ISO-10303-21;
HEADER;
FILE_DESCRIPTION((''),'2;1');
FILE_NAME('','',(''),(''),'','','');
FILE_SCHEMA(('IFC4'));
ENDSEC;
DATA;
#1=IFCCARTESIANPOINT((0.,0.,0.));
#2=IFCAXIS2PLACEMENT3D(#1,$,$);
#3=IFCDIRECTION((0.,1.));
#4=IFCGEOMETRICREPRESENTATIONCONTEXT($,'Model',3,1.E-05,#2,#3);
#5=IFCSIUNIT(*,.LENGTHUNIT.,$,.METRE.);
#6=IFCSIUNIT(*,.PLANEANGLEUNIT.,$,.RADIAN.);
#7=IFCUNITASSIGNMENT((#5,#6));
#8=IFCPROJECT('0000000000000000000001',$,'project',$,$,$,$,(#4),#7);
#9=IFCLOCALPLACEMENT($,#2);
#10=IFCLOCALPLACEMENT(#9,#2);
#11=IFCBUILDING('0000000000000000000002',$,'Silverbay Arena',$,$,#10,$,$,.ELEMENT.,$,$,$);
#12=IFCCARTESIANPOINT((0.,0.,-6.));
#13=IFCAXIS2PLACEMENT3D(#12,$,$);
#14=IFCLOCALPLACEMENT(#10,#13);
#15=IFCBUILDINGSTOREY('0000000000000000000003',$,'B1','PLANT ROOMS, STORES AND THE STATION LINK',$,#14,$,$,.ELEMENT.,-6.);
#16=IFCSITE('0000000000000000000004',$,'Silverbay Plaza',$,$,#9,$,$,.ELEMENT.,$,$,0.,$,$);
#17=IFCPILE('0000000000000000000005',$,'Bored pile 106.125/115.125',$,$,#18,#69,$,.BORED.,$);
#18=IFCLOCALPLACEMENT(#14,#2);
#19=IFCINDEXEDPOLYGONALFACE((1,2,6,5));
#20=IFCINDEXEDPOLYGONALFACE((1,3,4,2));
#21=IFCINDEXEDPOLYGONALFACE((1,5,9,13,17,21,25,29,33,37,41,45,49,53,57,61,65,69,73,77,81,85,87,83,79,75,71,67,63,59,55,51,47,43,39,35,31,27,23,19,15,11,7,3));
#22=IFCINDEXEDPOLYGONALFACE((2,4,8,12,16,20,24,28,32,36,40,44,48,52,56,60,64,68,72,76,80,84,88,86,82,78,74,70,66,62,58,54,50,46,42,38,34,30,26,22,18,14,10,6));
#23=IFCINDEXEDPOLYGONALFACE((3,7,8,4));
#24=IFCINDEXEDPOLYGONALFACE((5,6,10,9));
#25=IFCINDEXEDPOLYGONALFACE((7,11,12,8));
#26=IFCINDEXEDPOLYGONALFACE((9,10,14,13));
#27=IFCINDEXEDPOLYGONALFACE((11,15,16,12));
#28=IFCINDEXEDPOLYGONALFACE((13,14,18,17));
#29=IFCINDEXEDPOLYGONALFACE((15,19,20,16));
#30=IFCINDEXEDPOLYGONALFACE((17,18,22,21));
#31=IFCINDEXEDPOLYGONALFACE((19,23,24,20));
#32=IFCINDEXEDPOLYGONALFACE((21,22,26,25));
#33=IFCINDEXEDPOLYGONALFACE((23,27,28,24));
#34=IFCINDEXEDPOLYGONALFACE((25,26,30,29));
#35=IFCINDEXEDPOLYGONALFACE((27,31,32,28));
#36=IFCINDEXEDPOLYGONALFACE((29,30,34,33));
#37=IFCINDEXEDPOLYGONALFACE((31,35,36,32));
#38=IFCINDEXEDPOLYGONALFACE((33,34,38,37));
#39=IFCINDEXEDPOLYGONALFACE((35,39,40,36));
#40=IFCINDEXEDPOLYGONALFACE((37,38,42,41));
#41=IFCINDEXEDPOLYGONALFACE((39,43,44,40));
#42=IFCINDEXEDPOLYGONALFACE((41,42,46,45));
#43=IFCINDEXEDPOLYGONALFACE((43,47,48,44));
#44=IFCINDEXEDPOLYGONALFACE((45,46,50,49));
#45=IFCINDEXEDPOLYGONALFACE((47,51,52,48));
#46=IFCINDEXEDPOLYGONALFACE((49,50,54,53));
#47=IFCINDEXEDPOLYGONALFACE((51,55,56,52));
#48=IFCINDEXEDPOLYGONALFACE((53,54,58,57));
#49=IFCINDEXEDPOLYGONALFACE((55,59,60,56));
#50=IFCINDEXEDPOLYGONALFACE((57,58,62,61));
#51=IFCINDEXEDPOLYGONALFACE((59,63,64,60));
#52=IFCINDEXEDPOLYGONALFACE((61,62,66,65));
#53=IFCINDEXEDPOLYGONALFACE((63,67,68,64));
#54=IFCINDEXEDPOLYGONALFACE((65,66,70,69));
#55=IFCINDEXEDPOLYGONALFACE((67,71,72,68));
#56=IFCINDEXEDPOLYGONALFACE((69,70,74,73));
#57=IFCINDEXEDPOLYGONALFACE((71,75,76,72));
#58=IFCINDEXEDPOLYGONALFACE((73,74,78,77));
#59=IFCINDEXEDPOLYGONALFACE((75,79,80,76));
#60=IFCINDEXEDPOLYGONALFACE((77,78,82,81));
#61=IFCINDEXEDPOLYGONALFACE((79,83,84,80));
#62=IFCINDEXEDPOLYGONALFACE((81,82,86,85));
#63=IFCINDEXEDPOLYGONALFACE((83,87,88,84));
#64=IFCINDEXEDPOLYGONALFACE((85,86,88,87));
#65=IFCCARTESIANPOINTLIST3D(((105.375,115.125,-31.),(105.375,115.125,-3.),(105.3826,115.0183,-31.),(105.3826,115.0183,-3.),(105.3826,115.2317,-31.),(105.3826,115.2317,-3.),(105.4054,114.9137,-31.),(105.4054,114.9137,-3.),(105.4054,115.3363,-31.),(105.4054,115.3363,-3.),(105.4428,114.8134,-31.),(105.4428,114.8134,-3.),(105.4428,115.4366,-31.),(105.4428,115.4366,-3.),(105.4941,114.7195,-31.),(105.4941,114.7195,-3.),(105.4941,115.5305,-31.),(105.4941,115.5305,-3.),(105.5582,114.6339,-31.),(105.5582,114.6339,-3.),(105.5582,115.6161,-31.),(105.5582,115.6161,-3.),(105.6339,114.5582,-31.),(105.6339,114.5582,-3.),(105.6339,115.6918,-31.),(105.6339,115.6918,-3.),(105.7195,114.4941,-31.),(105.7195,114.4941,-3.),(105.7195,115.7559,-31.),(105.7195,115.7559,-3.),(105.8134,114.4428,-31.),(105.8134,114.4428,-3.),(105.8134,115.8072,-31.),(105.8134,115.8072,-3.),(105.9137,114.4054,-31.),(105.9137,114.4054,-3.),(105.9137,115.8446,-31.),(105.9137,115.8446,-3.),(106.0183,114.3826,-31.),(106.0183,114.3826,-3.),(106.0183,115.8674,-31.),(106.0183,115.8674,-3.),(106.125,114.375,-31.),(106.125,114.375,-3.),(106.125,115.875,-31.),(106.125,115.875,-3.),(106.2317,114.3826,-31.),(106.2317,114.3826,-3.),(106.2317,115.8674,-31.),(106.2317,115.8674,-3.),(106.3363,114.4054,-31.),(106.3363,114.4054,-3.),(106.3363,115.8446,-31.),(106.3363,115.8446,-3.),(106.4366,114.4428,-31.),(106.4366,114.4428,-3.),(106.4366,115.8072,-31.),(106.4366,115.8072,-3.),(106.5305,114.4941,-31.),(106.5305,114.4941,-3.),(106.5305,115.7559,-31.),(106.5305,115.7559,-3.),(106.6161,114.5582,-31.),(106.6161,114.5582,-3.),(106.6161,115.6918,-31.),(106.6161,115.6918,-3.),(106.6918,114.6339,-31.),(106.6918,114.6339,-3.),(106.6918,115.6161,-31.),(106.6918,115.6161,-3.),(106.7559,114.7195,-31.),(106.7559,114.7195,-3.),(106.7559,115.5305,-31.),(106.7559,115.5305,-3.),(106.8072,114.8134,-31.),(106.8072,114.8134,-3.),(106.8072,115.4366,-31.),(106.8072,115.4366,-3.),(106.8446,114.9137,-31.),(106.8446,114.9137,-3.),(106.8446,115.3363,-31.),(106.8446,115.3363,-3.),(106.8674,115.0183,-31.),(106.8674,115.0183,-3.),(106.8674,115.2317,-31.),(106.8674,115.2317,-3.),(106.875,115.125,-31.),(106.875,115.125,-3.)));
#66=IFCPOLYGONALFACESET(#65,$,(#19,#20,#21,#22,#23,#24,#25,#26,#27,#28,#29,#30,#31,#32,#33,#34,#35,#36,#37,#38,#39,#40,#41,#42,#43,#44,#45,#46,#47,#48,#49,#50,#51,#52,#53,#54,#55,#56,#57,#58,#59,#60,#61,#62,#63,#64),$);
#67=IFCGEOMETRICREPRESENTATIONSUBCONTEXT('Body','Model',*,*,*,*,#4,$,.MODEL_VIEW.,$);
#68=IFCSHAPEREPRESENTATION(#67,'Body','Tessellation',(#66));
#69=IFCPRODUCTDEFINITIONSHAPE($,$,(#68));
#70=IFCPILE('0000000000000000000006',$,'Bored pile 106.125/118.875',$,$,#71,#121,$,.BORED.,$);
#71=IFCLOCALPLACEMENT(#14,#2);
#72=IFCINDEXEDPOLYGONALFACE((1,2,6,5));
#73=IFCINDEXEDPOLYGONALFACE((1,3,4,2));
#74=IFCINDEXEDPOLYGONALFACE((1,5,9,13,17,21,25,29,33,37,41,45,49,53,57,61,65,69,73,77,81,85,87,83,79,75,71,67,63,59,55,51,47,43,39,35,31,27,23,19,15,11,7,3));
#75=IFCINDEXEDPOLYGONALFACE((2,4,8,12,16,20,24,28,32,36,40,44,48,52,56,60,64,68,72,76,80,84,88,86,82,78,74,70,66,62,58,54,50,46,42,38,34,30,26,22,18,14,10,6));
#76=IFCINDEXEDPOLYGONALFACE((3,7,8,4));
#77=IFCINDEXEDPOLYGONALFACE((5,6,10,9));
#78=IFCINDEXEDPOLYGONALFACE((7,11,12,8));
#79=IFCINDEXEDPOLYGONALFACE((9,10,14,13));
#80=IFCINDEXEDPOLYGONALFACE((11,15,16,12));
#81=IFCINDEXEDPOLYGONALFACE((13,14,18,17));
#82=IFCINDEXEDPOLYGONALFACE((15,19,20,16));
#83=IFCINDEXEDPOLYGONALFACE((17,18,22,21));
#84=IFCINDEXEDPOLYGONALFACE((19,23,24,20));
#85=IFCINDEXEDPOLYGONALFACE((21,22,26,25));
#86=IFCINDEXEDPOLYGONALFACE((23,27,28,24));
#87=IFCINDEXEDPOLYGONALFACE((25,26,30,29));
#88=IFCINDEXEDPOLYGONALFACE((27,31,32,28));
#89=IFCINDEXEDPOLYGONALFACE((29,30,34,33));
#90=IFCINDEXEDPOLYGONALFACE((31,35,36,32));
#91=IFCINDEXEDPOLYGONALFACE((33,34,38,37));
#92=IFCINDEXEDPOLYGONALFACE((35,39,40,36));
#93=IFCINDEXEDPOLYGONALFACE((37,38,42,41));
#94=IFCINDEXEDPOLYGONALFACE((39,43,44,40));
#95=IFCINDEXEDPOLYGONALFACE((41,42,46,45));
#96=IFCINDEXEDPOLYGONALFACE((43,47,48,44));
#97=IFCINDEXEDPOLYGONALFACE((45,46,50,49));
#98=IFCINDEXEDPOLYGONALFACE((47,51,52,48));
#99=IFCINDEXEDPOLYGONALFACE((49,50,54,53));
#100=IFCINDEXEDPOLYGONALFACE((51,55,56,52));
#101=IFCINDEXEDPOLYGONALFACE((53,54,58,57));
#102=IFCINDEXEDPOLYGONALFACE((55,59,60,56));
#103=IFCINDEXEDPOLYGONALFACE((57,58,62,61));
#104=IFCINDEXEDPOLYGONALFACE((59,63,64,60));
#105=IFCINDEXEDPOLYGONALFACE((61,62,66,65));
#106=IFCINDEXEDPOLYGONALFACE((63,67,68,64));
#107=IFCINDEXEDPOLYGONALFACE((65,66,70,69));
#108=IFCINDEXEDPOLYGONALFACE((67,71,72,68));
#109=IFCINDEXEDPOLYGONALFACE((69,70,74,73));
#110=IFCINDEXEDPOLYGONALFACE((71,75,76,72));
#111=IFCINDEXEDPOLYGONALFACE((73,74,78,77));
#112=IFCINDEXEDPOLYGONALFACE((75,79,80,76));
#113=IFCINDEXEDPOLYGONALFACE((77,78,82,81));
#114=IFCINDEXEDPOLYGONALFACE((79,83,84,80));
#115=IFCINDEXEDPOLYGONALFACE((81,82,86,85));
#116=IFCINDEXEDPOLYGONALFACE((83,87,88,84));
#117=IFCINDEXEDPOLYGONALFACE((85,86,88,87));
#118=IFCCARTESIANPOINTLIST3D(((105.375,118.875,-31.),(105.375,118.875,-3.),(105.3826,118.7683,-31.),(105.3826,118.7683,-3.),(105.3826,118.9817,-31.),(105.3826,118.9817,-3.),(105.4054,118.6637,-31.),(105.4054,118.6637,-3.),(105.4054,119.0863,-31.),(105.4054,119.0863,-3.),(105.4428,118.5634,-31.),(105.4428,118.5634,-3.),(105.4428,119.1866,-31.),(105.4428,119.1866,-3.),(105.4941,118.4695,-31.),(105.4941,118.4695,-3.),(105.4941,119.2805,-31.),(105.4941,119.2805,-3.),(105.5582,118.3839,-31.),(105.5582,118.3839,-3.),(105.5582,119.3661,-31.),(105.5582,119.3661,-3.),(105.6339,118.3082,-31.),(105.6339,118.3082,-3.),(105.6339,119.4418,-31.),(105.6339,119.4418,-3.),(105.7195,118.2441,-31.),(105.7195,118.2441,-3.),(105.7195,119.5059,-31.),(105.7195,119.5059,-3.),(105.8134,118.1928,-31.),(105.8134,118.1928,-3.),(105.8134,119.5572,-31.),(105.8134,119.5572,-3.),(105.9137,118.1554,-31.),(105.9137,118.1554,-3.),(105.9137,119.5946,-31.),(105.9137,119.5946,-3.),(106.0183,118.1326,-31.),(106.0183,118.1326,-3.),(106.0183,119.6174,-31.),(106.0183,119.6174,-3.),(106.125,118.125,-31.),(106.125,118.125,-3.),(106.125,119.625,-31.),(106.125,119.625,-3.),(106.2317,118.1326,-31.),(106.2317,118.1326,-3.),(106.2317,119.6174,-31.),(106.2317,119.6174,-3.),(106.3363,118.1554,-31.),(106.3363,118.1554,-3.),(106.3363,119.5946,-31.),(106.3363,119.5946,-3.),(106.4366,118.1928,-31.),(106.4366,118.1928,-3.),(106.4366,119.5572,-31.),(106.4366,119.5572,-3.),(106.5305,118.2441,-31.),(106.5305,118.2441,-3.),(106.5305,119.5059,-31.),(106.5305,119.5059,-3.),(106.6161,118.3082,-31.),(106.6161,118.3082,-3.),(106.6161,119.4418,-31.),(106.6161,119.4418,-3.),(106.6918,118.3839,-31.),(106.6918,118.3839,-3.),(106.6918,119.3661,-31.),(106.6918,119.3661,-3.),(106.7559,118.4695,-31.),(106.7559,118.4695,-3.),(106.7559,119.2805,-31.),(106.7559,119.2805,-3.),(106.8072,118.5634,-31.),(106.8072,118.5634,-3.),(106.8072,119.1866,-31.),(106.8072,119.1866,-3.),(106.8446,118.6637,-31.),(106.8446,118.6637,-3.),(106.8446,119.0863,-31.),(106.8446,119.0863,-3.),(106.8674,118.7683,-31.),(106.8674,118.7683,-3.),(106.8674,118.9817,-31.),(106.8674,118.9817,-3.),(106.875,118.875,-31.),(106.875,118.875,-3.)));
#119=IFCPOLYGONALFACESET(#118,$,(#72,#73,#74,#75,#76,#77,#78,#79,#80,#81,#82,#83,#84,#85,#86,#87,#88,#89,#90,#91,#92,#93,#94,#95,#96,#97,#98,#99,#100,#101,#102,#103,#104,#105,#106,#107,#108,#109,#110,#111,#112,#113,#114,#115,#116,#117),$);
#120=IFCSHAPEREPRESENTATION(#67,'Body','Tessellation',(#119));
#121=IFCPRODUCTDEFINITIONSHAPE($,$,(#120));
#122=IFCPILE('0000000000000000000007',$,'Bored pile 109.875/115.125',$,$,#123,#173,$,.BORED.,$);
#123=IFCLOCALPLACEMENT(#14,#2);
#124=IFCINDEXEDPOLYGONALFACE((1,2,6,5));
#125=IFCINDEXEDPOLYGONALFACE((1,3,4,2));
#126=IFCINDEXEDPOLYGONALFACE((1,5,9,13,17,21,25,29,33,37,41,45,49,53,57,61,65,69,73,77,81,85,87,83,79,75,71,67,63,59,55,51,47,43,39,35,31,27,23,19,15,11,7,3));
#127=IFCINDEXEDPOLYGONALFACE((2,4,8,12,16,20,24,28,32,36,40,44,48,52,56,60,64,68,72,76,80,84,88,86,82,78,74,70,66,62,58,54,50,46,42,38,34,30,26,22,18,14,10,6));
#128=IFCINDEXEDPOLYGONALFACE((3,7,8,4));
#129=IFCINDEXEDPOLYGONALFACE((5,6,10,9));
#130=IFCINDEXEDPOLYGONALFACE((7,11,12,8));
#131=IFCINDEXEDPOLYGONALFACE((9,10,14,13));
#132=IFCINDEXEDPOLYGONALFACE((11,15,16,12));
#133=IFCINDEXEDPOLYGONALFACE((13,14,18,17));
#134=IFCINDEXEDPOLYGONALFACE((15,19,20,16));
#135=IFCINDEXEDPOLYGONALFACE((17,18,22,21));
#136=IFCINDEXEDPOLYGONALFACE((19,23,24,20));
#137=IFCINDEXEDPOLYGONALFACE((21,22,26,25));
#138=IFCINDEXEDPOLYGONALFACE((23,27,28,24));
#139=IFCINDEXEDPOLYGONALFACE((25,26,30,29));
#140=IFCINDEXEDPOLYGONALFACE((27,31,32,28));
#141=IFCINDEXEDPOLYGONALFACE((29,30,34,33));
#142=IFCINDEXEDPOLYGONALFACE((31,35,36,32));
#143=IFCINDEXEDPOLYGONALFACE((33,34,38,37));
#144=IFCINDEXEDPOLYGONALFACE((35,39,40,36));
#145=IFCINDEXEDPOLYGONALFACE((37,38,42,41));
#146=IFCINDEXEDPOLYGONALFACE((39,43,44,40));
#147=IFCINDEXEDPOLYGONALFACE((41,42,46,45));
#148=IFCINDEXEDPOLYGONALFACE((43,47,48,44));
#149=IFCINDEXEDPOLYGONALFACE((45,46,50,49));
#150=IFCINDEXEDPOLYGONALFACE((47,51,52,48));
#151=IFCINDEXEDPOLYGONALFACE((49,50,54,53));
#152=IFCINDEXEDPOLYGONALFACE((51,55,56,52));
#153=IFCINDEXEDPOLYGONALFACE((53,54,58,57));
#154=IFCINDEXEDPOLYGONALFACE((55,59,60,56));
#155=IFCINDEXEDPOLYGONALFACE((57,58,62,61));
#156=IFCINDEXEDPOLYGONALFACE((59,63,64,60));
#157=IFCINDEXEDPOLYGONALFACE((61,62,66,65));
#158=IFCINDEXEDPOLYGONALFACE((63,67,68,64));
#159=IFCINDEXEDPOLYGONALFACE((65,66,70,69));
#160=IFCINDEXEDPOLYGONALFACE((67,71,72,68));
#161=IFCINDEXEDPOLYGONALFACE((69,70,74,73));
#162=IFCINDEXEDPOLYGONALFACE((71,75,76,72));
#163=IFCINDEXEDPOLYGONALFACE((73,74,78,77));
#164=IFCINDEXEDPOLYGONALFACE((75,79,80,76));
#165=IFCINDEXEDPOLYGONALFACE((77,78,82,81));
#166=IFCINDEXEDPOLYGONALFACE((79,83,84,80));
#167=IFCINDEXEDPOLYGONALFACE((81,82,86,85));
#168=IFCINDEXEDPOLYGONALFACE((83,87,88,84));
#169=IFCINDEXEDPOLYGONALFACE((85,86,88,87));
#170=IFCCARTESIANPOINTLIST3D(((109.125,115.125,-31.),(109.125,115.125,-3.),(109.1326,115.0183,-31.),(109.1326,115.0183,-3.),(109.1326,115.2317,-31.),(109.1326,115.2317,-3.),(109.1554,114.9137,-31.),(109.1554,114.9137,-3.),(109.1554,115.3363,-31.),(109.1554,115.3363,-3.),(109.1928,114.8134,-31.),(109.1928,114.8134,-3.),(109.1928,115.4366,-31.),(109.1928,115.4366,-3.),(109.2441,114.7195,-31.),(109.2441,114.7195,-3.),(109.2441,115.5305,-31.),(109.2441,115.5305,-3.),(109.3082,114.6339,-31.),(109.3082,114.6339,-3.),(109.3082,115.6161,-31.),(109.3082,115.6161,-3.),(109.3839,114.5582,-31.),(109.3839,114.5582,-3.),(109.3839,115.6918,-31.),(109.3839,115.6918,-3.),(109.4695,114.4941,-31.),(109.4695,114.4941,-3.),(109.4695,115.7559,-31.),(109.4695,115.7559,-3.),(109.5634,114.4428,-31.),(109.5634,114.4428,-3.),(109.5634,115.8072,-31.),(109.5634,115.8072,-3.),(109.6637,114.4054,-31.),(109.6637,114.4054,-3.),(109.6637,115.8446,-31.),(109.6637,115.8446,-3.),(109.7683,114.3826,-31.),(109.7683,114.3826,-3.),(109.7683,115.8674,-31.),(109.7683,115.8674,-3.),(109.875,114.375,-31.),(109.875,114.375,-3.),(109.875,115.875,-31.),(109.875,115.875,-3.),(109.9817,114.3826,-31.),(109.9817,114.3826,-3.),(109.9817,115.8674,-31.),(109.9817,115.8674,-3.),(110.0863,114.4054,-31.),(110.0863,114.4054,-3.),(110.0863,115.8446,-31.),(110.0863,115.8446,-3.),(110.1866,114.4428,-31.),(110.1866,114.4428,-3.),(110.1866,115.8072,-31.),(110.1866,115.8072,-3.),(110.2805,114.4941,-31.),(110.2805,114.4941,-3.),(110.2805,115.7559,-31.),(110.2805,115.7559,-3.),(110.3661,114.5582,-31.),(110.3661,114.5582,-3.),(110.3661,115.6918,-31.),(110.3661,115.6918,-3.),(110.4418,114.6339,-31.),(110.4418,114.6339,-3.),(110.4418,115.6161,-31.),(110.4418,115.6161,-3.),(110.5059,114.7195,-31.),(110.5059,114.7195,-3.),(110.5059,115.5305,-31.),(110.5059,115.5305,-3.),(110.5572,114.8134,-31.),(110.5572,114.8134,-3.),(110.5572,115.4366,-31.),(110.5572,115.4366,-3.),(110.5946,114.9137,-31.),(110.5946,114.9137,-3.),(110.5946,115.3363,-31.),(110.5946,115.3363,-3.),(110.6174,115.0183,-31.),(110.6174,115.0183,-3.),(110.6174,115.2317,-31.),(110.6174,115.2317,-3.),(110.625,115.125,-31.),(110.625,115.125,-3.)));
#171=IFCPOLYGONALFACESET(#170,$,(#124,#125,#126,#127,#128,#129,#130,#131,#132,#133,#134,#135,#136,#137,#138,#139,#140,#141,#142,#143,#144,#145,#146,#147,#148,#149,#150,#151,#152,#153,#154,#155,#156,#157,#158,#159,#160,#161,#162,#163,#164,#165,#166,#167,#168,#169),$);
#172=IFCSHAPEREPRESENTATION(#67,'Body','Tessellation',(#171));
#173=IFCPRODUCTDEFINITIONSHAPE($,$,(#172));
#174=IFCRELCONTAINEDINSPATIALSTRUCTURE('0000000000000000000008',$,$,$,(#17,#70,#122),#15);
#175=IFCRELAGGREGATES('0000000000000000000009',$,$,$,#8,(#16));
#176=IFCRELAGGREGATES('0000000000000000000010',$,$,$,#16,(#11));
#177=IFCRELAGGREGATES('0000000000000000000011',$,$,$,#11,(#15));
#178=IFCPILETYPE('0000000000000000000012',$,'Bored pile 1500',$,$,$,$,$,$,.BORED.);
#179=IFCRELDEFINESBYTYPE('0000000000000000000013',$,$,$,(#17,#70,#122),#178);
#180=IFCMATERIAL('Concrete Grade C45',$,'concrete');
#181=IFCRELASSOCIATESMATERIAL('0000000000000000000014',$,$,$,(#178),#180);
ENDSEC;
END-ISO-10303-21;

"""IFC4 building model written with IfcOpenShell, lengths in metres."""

from ifc_helpers import new_model, si_unit, direction, frame, origin, origin_2d, place, context, subcontext, project, spatial, circle, extrude, material, material_profile, profile_set, type_object, element, save


model = new_model("IFC4")

# Units and contexts
model_context = context("Model", 3, precision=1e-05, world=origin(), true_north=direction((0.0, 1.0)))
body_context = subcontext(model_context, "Body", "Model", "MODEL_VIEW")
ifc_project = project(units=[si_unit("LENGTHUNIT", "METRE"), si_unit("PLANEANGLEUNIT", "RADIAN")], contexts=[model_context])

# Site, building, storey
site_placement = place(None, origin())
site = spatial("IfcSite", under=ifc_project, at=site_placement, Name="Silverbay Plaza", CompositionType="ELEMENT", RefElevation=0.0)
building_placement = place(site_placement, origin())
building = spatial("IfcBuilding", under=site, at=building_placement, Name="Silverbay Arena", CompositionType="ELEMENT")
storey_placement = place(building_placement, frame((0.0, 0.0, -6.0)))
storey = spatial("IfcBuildingStorey", under=building, at=storey_placement, Name="B1", Description="PLANT ROOMS, STORES AND THE STATION LINK", CompositionType="ELEMENT", Elevation=-6.0)

# Piles
ifc_material_1 = material(Name="Concrete Grade C45", Category="concrete")
ifc_material_profile_1 = material_profile(ifc_material_1, circle(Radius=0.75, at=origin_2d()), Name="Bored pile 1500")
ifc_profile_set_1 = profile_set([ifc_material_profile_1], Name="Concrete Grade C45")
pile_type_1 = type_object("IfcPileType", Name="Bored pile 1500", PredefinedType="BORED", material=ifc_profile_set_1)
for number, where, z_axis, x_axis, name in (
    (1, (106.125, 115.125, -3.0), (0.0, 0.0, -1.0), (1.0, 0.0, 0.0), "Bored pile 106.125/115.125"),
    (2, (106.125, 118.875, -3.0), (0.0, 0.0, -1.0), (1.0, 0.0, 0.0), "Bored pile 106.125/118.875"),
    (3, (109.875, 115.125, -3.0), (0.0, 0.0, -1.0), (1.0, 0.0, 0.0), "Bored pile 109.875/115.125"),
):
    element("IfcPile", number, at=place(storey_placement, frame(where, z_axis=z_axis, x_axis=x_axis)), inside=storey, type_object=pile_type_1, Name=name, PredefinedType="BORED", context=body_context, shape_type="SweptSolid", body=[
        extrude(circle(Radius=0.75, at=origin_2d()), origin(), (0.0, 0.0, 1.0), 28.0),
    ])

save(model, "model.ifc")
